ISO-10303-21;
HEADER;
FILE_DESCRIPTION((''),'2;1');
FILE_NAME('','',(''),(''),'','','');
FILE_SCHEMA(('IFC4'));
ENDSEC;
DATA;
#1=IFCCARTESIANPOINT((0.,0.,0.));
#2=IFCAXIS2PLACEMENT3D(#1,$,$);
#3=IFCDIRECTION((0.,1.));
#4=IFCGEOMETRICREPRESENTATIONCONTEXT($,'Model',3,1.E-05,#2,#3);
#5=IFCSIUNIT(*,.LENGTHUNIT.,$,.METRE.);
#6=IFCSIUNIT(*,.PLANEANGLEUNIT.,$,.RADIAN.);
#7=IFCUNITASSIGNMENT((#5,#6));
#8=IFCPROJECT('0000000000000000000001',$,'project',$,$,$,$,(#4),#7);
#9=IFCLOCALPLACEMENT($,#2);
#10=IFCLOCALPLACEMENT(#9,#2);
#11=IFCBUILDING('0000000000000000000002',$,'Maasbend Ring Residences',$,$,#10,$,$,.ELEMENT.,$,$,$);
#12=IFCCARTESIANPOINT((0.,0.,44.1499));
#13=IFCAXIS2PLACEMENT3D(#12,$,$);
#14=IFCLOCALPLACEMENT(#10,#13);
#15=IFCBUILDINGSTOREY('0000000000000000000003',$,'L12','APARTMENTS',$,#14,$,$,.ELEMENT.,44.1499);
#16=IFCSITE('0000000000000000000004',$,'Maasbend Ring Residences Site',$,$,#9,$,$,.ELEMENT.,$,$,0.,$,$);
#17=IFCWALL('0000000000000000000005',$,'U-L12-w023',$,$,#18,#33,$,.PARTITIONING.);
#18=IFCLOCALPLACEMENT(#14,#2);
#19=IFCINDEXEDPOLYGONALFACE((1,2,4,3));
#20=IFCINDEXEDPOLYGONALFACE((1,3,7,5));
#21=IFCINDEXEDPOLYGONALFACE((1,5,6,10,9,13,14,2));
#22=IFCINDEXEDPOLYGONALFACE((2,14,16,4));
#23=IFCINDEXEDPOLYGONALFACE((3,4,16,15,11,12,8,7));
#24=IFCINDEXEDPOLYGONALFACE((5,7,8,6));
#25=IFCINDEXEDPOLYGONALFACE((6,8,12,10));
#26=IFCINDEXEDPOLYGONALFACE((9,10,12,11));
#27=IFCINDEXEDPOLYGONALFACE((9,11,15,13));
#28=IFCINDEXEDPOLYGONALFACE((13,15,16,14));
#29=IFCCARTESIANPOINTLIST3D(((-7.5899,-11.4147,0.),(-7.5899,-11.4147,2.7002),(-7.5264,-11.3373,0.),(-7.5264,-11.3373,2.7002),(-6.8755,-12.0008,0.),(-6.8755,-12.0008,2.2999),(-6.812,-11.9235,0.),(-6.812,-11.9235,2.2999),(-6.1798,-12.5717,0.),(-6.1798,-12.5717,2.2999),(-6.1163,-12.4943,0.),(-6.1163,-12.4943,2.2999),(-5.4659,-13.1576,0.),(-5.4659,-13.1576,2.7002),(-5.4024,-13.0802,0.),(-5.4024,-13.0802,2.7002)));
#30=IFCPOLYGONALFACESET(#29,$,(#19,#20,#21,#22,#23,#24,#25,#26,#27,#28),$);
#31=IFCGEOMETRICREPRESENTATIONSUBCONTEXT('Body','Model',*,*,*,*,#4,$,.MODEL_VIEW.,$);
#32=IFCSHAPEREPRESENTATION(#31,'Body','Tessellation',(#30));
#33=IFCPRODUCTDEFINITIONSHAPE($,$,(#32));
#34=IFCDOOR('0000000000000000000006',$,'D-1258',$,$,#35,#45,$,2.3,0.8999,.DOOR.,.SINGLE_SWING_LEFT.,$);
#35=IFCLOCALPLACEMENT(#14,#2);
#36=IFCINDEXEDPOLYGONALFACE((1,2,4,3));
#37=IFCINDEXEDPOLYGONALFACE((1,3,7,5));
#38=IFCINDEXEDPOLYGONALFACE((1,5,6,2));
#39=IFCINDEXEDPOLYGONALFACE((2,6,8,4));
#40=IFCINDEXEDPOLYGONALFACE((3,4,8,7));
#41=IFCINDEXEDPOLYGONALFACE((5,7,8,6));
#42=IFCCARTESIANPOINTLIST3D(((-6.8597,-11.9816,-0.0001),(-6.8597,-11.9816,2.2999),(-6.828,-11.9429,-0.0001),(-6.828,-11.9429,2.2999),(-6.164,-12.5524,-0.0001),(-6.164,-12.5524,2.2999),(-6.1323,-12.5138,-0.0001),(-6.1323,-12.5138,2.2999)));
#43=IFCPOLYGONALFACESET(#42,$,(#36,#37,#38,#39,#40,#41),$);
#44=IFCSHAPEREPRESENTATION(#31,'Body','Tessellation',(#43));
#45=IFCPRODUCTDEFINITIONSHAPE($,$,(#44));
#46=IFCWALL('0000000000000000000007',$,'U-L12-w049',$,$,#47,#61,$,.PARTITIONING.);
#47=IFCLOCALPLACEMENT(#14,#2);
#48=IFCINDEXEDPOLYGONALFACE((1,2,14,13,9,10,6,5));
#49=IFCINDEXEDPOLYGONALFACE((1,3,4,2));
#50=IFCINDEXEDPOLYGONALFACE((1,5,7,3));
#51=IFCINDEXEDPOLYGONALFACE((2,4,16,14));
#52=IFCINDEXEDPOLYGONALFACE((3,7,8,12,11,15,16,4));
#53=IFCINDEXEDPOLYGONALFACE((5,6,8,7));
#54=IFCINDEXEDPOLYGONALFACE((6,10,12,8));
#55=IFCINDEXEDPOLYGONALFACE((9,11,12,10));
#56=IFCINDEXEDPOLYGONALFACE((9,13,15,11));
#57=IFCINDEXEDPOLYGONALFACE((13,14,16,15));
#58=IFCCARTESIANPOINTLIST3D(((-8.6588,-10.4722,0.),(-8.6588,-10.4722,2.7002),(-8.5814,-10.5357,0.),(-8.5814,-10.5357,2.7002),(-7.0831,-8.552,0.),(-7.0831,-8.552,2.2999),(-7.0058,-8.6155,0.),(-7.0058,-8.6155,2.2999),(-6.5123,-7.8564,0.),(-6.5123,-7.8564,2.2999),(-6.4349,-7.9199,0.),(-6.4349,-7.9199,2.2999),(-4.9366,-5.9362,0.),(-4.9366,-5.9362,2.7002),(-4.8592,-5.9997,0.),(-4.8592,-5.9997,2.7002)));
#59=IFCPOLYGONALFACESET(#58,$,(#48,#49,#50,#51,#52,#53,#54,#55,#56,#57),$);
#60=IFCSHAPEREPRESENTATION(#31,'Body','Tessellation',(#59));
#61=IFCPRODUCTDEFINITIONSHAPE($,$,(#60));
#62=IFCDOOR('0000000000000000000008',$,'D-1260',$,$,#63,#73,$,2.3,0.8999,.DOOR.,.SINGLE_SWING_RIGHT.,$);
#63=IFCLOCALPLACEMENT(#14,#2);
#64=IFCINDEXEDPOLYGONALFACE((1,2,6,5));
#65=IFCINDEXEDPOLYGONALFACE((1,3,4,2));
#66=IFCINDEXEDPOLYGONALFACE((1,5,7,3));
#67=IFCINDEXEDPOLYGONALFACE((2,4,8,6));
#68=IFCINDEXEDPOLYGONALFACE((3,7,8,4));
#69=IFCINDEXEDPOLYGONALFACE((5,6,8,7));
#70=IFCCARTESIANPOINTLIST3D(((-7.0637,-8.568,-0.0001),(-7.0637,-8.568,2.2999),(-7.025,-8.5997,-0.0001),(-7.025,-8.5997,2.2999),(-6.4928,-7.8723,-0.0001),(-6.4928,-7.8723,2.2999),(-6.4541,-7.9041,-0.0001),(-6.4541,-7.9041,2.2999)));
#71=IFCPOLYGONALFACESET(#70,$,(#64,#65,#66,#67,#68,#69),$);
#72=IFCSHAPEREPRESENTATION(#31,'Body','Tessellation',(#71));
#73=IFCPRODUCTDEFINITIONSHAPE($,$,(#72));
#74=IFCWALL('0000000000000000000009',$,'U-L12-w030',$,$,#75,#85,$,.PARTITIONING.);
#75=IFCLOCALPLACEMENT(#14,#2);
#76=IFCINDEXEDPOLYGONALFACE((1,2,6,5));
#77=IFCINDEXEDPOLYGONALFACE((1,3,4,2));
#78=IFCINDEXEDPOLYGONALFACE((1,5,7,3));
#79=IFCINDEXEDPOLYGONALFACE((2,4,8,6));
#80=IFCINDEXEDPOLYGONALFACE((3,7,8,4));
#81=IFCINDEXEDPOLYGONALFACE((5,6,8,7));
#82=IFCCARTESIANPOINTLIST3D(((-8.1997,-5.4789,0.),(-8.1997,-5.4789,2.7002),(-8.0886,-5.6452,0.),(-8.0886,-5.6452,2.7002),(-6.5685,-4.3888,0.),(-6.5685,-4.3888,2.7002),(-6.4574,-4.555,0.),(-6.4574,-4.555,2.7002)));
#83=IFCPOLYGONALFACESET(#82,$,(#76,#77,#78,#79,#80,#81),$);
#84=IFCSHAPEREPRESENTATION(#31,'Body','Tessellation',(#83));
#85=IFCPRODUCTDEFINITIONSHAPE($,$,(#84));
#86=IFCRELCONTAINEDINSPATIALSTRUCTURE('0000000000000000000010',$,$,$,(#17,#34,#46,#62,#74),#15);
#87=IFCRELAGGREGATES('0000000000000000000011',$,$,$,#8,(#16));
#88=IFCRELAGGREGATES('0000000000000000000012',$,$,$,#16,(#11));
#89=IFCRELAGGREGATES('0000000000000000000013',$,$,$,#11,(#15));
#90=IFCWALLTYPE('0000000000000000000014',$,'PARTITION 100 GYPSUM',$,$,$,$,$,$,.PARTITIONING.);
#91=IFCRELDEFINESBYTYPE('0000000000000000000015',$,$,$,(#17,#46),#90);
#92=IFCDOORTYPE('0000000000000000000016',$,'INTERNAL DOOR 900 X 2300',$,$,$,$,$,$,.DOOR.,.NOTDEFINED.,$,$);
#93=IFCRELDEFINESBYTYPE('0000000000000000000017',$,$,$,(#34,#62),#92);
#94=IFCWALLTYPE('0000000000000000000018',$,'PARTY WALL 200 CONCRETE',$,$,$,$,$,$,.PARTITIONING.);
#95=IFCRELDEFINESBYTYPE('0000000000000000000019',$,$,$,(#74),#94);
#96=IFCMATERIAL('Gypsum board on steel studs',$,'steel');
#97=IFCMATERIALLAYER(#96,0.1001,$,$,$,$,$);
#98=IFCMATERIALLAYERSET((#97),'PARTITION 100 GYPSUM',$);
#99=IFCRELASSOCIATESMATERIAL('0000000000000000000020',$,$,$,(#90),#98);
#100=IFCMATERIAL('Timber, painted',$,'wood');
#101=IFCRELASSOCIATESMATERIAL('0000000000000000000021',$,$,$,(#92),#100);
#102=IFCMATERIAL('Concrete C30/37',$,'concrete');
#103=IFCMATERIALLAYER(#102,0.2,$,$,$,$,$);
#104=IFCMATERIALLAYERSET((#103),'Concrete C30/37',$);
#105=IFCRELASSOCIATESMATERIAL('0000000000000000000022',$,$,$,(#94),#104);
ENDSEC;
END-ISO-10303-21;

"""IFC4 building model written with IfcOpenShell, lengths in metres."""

from ifc_helpers import new_model, si_unit, direction, frame, frame_2d, origin, place, context, subcontext, project, spatial, rectangle, extrude, material, layer, layer_set, type_object, element, fill, save


model = new_model("IFC4")

# Units and contexts
model_context = context("Model", 3, precision=1e-05, world=origin(), true_north=direction((0.0, 1.0)))
body_context = subcontext(model_context, "Body", "Model", "MODEL_VIEW")
ifc_project = project(units=[si_unit("LENGTHUNIT", "METRE"), si_unit("PLANEANGLEUNIT", "RADIAN")], contexts=[model_context])

# Site, building, storey
site_placement = place(None, origin())
site = spatial("IfcSite", under=ifc_project, at=site_placement, Name="Maasbend Ring Residences Site", CompositionType="ELEMENT", RefElevation=0.0)
building_placement = place(site_placement, origin())
building = spatial("IfcBuilding", under=site, at=building_placement, Name="Maasbend Ring Residences", CompositionType="ELEMENT")
storey_placement = place(building_placement, frame((0.0, 0.0, 44.1499)))
storey = spatial("IfcBuildingStorey", under=building, at=storey_placement, Name="L12", Description="APARTMENTS", CompositionType="ELEMENT", Elevation=44.1499)

# Walls, openings, doors
ifc_material_1 = material(Name="Gypsum board on steel studs", Category="steel")
ifc_layer_1 = layer(ifc_material_1, 0.1001)
ifc_layer_set_1 = layer_set([ifc_layer_1], Name="PARTITION 100 GYPSUM")
wall_type_1 = type_object("IfcWallType", Name="PARTITION 100 GYPSUM", PredefinedType="PARTITIONING", material=ifc_layer_set_1)
wall_1_placement = place(storey_placement, frame((-7.5581, -11.376, 0.0), z_axis=(0.0, 0.0, 1.0), x_axis=(0.77305, -0.634345, 0.0)))
wall_1 = element("IfcWall", 1, at=wall_1_placement, inside=storey, type_object=wall_type_1, Name="U-L12-w023", PredefinedType="PARTITIONING", context=body_context, shape_type="SweptSolid", body=[
    extrude(rectangle(XDim=2.7476, YDim=0.1001, at=frame_2d((1.3738, 0.0))), origin(), (0.0, 0.0, 1.0), 2.7002),
])
opening_1_placement = place(wall_1_placement, frame((0.9241, 0.0, 0.0)))
opening_1 = element("IfcOpeningElement", 2, at=opening_1_placement, cuts=wall_1, PredefinedType="OPENING", context=body_context, shape_type="SweptSolid", body=[
    extrude(rectangle(XDim=0.8999, YDim=2.3, at=frame_2d((0.45, 1.1499))), frame((0.0, 0.0601, 0.0), z_axis=(0.0, -1.0, 0.0), x_axis=(1.0, 0.0, 0.0)), (0.0, 0.0, 1.0), 0.1201),
])
ifc_material_2 = material(Name="Timber, painted", Category="wood")
door_type = type_object("IfcDoorType", Name="INTERNAL DOOR 900 X 2300", OperationType="NOTDEFINED", PredefinedType="DOOR", material=ifc_material_2)
door_1_placement = place(opening_1_placement, origin())
door_1 = element("IfcDoor", 3, at=door_1_placement, inside=storey, type_object=door_type, Name="D-1258", OperationType="SINGLE_SWING_LEFT", OverallHeight=2.3, OverallWidth=0.8999, PredefinedType="DOOR", context=body_context, shape_type="SweptSolid", body=[
    extrude(rectangle(XDim=0.8999, YDim=2.3, at=frame_2d((0.45, 1.1499))), frame((0.0, 0.0249, 0.0), z_axis=(0.0, -1.0, 0.0), x_axis=(1.0, 0.0, 0.0)), (0.0, 0.0, 1.0), 0.05),
])
fill(opening_1, door_1)
wall_2_placement = place(storey_placement, frame((-8.6201, -10.5039, 0.0), z_axis=(0.0, 0.0, 1.0), x_axis=(0.634359, 0.773039, 0.0)))
wall_2 = element("IfcWall", 4, at=wall_2_placement, inside=storey, type_object=wall_type_1, Name="U-L12-w049", PredefinedType="PARTITIONING", context=body_context, shape_type="SweptSolid", body=[
    extrude(rectangle(XDim=5.8677, YDim=0.1001, at=frame_2d((2.9338, 0.0))), origin(), (0.0, 0.0, 1.0), 2.7002),
])
opening_2_placement = place(wall_2_placement, frame((2.4839, 0.0, 0.0)))
opening_2 = element("IfcOpeningElement", 5, at=opening_2_placement, cuts=wall_2, PredefinedType="OPENING", context=body_context, shape_type="SweptSolid", body=[
    extrude(rectangle(XDim=0.8999, YDim=2.3, at=frame_2d((0.45, 1.1499))), frame((0.0, 0.0601, 0.0), z_axis=(0.0, -1.0, 0.0), x_axis=(1.0, 0.0, 0.0)), (0.0, 0.0, 1.0), 0.1201),
])
door_2_placement = place(opening_2_placement, origin())
door_2 = element("IfcDoor", 6, at=door_2_placement, inside=storey, type_object=door_type, Name="D-1260", OperationType="SINGLE_SWING_RIGHT", OverallHeight=2.3, OverallWidth=0.8999, PredefinedType="DOOR", context=body_context, shape_type="SweptSolid", body=[
    extrude(rectangle(XDim=0.8999, YDim=2.3, at=frame_2d((0.45, 1.1499))), frame((0.0, 0.0249, 0.0), z_axis=(0.0, -1.0, 0.0), x_axis=(1.0, 0.0, 0.0)), (0.0, 0.0, 1.0), 0.05),
])
fill(opening_2, door_2)

# Wall
ifc_material_3 = material(Name="Concrete C30/37", Category="concrete")
ifc_layer_2 = layer(ifc_material_3, 0.2)
ifc_layer_set_2 = layer_set([ifc_layer_2], Name="Concrete C30/37")
wall_type_2 = type_object("IfcWallType", Name="PARTY WALL 200 CONCRETE", PredefinedType="PARTITIONING", material=ifc_layer_set_2)
wall_3_placement = place(storey_placement, frame((-6.5129, -4.4719, 0.0), z_axis=(0.0, 0.0, 1.0), x_axis=(-0.831418, -0.555648, 0.0)))
element("IfcWall", 7, at=wall_3_placement, inside=storey, type_object=wall_type_2, Name="U-L12-w030", PredefinedType="PARTITIONING", context=body_context, shape_type="SweptSolid", body=[
    extrude(rectangle(XDim=1.9619, YDim=0.2, at=frame_2d((0.981, 0.0))), origin(), (0.0, 0.0, 1.0), 2.7002),
])

save(model, "model.ifc")
